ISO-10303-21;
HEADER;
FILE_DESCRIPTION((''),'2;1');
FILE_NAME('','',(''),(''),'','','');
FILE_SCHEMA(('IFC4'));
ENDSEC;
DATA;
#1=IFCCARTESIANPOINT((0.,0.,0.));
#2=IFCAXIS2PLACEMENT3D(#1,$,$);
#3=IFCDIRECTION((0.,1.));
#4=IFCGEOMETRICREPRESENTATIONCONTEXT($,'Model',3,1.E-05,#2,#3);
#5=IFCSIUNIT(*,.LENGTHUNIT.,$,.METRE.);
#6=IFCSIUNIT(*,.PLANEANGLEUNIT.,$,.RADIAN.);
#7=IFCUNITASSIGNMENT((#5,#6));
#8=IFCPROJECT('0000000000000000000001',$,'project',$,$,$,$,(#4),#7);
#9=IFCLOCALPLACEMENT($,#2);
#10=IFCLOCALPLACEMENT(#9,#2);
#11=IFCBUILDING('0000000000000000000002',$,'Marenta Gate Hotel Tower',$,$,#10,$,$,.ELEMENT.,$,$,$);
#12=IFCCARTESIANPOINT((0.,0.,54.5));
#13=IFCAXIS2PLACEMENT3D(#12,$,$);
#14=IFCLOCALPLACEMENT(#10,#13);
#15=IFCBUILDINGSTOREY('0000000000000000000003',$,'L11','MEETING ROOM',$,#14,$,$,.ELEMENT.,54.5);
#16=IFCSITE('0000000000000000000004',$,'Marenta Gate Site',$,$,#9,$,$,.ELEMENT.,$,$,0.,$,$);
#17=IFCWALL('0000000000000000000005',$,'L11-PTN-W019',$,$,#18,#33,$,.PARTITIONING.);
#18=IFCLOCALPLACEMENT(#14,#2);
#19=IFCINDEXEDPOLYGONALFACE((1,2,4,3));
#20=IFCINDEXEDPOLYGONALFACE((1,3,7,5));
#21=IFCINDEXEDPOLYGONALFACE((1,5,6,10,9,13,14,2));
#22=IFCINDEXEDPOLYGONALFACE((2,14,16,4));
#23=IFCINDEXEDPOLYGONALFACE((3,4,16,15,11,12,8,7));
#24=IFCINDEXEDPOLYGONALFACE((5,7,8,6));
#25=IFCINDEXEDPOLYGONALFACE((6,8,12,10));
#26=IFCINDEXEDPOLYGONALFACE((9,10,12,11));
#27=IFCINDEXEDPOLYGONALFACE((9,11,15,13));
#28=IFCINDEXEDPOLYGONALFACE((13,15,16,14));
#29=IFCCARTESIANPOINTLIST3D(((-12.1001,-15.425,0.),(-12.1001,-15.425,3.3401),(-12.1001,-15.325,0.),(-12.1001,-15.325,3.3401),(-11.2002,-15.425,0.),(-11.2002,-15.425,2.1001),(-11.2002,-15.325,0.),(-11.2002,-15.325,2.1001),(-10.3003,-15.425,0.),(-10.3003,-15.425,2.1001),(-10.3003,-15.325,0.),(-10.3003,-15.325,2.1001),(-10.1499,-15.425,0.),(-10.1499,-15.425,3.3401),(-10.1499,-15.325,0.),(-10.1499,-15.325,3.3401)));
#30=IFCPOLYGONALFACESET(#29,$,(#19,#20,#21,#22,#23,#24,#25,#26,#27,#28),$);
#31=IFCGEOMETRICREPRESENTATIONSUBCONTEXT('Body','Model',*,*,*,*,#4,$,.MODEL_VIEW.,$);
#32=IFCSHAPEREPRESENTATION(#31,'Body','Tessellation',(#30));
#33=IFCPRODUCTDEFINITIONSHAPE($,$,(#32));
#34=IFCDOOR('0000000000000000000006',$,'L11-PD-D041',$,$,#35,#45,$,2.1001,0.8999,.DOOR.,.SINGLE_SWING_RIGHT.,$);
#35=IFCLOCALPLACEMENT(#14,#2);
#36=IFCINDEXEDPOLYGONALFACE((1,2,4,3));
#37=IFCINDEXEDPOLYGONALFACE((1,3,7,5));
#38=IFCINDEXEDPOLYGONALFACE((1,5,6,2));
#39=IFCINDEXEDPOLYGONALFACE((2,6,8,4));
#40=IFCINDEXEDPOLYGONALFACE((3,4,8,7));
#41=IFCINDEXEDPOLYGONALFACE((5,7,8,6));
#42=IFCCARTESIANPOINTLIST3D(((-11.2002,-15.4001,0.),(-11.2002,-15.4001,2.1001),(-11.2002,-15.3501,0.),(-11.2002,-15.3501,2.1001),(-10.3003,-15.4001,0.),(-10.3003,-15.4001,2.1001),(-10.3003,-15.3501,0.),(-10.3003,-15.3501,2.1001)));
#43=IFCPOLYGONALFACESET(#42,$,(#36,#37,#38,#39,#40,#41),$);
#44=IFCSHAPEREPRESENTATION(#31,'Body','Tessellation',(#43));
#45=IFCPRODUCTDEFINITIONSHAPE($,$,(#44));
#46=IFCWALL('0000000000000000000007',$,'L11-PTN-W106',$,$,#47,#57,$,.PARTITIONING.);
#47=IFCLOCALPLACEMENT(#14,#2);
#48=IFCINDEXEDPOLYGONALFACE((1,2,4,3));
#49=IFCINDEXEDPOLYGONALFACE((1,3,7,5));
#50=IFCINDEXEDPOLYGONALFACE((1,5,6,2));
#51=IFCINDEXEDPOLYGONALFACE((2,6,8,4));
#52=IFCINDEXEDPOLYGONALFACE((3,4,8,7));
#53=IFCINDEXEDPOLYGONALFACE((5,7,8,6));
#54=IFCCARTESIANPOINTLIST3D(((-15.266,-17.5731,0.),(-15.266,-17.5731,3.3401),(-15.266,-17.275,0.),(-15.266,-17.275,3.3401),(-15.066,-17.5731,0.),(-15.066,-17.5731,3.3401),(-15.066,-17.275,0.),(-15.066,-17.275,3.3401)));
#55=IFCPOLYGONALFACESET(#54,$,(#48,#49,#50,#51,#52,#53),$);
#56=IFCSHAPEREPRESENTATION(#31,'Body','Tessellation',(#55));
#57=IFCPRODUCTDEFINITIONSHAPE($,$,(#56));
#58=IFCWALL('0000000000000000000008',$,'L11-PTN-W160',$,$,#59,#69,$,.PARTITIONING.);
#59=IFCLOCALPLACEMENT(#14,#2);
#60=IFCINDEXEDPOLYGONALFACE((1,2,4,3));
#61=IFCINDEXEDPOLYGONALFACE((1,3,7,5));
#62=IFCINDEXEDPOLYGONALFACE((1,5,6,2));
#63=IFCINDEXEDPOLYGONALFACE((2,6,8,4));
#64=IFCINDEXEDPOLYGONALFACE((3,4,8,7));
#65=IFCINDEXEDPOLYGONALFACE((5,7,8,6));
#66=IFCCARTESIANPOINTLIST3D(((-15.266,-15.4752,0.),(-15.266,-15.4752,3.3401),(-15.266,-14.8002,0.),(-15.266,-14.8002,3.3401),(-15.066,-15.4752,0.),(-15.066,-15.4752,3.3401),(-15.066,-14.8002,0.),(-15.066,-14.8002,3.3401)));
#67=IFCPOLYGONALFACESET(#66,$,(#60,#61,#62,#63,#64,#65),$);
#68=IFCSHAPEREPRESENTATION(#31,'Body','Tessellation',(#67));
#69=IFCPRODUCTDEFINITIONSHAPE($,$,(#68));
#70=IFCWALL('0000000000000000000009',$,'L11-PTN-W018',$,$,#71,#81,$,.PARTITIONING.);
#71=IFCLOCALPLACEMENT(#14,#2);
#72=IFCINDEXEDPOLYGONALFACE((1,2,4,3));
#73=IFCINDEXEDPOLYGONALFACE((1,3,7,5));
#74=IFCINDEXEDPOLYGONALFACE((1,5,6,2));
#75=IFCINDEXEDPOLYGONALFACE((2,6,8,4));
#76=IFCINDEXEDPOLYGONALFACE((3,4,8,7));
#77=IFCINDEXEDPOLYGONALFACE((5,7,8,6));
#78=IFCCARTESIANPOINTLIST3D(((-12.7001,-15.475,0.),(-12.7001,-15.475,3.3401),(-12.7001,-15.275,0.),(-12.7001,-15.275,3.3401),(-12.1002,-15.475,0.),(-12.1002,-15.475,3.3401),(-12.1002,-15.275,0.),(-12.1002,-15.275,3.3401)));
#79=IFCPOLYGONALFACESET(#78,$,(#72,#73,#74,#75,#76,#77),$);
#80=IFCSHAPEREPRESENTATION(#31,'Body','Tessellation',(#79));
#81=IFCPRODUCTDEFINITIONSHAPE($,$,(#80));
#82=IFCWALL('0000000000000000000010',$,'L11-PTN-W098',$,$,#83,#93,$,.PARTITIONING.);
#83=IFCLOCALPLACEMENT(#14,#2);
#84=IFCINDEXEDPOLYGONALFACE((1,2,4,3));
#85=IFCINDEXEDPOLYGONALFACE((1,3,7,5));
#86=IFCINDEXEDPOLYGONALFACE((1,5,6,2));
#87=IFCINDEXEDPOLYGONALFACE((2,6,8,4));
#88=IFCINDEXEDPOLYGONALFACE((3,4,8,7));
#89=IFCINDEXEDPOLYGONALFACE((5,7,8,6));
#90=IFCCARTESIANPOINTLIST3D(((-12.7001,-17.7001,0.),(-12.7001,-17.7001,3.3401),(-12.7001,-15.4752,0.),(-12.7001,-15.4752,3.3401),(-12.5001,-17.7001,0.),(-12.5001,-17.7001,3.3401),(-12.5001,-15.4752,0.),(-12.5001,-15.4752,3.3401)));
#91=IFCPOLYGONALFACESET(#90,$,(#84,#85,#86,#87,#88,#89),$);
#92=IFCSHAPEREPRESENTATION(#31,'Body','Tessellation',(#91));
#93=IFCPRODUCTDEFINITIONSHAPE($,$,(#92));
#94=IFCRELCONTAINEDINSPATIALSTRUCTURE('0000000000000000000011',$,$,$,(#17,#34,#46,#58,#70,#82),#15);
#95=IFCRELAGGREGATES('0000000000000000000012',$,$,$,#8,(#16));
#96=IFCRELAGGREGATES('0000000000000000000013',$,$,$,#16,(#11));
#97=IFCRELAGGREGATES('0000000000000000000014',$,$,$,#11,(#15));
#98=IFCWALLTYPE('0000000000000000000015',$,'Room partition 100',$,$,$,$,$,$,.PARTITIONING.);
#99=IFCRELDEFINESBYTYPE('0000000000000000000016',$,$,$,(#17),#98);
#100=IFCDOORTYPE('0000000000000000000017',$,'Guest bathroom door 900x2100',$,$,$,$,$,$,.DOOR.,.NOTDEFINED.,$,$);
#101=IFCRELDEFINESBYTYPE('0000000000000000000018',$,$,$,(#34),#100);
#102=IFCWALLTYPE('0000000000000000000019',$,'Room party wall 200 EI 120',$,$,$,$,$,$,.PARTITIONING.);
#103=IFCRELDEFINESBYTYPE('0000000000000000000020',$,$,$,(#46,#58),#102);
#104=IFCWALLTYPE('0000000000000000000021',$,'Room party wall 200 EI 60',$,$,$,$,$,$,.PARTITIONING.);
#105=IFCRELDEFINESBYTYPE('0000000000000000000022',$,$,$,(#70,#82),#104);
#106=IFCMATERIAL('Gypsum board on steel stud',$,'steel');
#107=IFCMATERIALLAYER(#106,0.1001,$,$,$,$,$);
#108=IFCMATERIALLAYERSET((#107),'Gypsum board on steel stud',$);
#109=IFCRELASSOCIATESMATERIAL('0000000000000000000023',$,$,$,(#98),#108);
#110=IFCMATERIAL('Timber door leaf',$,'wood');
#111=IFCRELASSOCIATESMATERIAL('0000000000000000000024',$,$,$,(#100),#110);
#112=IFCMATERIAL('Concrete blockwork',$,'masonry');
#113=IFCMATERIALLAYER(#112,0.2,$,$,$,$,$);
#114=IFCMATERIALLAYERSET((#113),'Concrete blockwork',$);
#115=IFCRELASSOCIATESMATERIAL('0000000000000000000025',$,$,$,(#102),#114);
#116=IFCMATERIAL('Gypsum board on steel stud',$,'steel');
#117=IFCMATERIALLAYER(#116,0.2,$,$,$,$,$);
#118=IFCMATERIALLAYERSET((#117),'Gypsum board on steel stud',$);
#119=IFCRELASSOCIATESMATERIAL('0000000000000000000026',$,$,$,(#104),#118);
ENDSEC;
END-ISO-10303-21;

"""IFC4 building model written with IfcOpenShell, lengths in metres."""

from ifc_helpers import new_model, si_unit, direction, frame, frame_2d, origin, place, context, subcontext, project, spatial, rectangle, extrude, material, layer, layer_set, type_object, element, fill, save


model = new_model("IFC4")

# Units and contexts
model_context = context("Model", 3, precision=1e-05, world=origin(), true_north=direction((0.0, 1.0)))
body_context = subcontext(model_context, "Body", "Model", "MODEL_VIEW")
ifc_project = project(units=[si_unit("LENGTHUNIT", "METRE"), si_unit("PLANEANGLEUNIT", "RADIAN")], contexts=[model_context])

# Site, building, storey
site_placement = place(None, origin())
site = spatial("IfcSite", under=ifc_project, at=site_placement, Name="Marenta Gate Site", CompositionType="ELEMENT", RefElevation=0.0)
building_placement = place(site_placement, origin())
building = spatial("IfcBuilding", under=site, at=building_placement, Name="Marenta Gate Hotel Tower", CompositionType="ELEMENT")
storey_placement = place(building_placement, frame((0.0, 0.0, 54.5)))
storey = spatial("IfcBuildingStorey", under=building, at=storey_placement, Name="L11", Description="MEETING ROOM", CompositionType="ELEMENT", Elevation=54.5)

# Wall, opening, door
ifc_material_1 = material(Name="Gypsum board on steel stud", Category="steel")
ifc_layer_1 = layer(ifc_material_1, 0.1001)
ifc_layer_set_1 = layer_set([ifc_layer_1], Name="Gypsum board on steel stud")
wall_type_1 = type_object("IfcWallType", Name="Room partition 100", PredefinedType="PARTITIONING", material=ifc_layer_set_1)
wall_1_placement = place(storey_placement, frame((-12.1001, -15.375, 0.0), z_axis=(0.0, 0.0, 1.0), x_axis=(1.0, 0.0, 0.0)))
wall_1 = element("IfcWall", 1, at=wall_1_placement, inside=storey, type_object=wall_type_1, Name="L11-PTN-W019", PredefinedType="PARTITIONING", context=body_context, shape_type="SweptSolid", body=[
    extrude(rectangle(XDim=1.9502, YDim=0.1001, at=frame_2d((0.9751, 0.0))), origin(), (0.0, 0.0, 1.0), 3.3401),
])
opening_placement = place(wall_1_placement, frame((0.8999, 0.0, 0.0)))
opening = element("IfcOpeningElement", 2, at=opening_placement, cuts=wall_1, PredefinedType="OPENING", context=body_context, shape_type="SweptSolid", body=[
    extrude(rectangle(XDim=0.8999, YDim=2.1001, at=frame_2d((0.45, 1.05))), frame((0.0, 0.05, 0.0), z_axis=(0.0, -1.0, 0.0), x_axis=(1.0, 0.0, 0.0)), (0.0, 0.0, 1.0), 0.1001),
])
ifc_material_2 = material(Name="Timber door leaf", Category="wood")
door_type = type_object("IfcDoorType", Name="Guest bathroom door 900x2100", OperationType="NOTDEFINED", PredefinedType="DOOR", material=ifc_material_2)
door_placement = place(opening_placement, origin())
door = element("IfcDoor", 3, at=door_placement, inside=storey, type_object=door_type, Name="L11-PD-D041", OperationType="SINGLE_SWING_RIGHT", OverallHeight=2.1001, OverallWidth=0.8999, PredefinedType="DOOR", context=body_context, shape_type="SweptSolid", body=[
    extrude(rectangle(XDim=0.8999, YDim=2.1001, at=frame_2d((0.45, 1.05))), frame((0.0, 0.0249, 0.0), z_axis=(0.0, -1.0, 0.0), x_axis=(1.0, 0.0, 0.0)), (0.0, 0.0, 1.0), 0.05),
])
fill(opening, door)

# Walls
ifc_material_3 = material(Name="Concrete blockwork", Category="masonry")
ifc_layer_2 = layer(ifc_material_3, 0.2)
ifc_layer_set_2 = layer_set([ifc_layer_2], Name="Concrete blockwork")
wall_type_2 = type_object("IfcWallType", Name="Room party wall 200 EI 120", PredefinedType="PARTITIONING", material=ifc_layer_set_2)
wall_2_placement = place(storey_placement, frame((-15.166, -17.573, 0.0), z_axis=(0.0, 0.0, 1.0), x_axis=(0.0, 1.0, 0.0)))
element("IfcWall", 4, at=wall_2_placement, inside=storey, type_object=wall_type_2, Name="L11-PTN-W106", PredefinedType="PARTITIONING", context=body_context, shape_type="SweptSolid", body=[
    extrude(rectangle(XDim=0.2981, YDim=0.2, at=frame_2d((0.1489, 0.0))), origin(), (0.0, 0.0, 1.0), 3.3401),
])
wall_3_placement = place(storey_placement, frame((-15.166, -15.4751, 0.0), z_axis=(0.0, 0.0, 1.0), x_axis=(0.0, 1.0, 0.0)))
element("IfcWall", 5, at=wall_3_placement, inside=storey, type_object=wall_type_2, Name="L11-PTN-W160", PredefinedType="PARTITIONING", context=body_context, shape_type="SweptSolid", body=[
    extrude(rectangle(XDim=0.675, YDim=0.2, at=frame_2d((0.3374, 0.0))), origin(), (0.0, 0.0, 1.0), 3.3401),
])
ifc_material_4 = material(Name="Gypsum board on steel stud", Category="steel")
ifc_layer_3 = layer(ifc_material_4, 0.2)
ifc_layer_set_3 = layer_set([ifc_layer_3], Name="Gypsum board on steel stud")
wall_type_3 = type_object("IfcWallType", Name="Room party wall 200 EI 60", PredefinedType="PARTITIONING", material=ifc_layer_set_3)
wall_4_placement = place(storey_placement, frame((-12.7, -15.375, 0.0), z_axis=(0.0, 0.0, 1.0), x_axis=(1.0, 0.0, 0.0)))
element("IfcWall", 6, at=wall_4_placement, inside=storey, type_object=wall_type_3, Name="L11-PTN-W018", PredefinedType="PARTITIONING", context=body_context, shape_type="SweptSolid", body=[
    extrude(rectangle(XDim=0.5999, YDim=0.2, at=frame_2d((0.2998, 0.0))), origin(), (0.0, 0.0, 1.0), 3.3401),
])
wall_5_placement = place(storey_placement, frame((-12.6001, -17.7, 0.0), z_axis=(0.0, 0.0, 1.0), x_axis=(0.0, 1.0, 0.0)))
element("IfcWall", 7, at=wall_5_placement, inside=storey, type_object=wall_type_3, Name="L11-PTN-W098", PredefinedType="PARTITIONING", context=body_context, shape_type="SweptSolid", body=[
    extrude(rectangle(XDim=2.2249, YDim=0.2, at=frame_2d((1.1123, 0.0))), origin(), (0.0, 0.0, 1.0), 3.3401),
])

save(model, "model.ifc")
